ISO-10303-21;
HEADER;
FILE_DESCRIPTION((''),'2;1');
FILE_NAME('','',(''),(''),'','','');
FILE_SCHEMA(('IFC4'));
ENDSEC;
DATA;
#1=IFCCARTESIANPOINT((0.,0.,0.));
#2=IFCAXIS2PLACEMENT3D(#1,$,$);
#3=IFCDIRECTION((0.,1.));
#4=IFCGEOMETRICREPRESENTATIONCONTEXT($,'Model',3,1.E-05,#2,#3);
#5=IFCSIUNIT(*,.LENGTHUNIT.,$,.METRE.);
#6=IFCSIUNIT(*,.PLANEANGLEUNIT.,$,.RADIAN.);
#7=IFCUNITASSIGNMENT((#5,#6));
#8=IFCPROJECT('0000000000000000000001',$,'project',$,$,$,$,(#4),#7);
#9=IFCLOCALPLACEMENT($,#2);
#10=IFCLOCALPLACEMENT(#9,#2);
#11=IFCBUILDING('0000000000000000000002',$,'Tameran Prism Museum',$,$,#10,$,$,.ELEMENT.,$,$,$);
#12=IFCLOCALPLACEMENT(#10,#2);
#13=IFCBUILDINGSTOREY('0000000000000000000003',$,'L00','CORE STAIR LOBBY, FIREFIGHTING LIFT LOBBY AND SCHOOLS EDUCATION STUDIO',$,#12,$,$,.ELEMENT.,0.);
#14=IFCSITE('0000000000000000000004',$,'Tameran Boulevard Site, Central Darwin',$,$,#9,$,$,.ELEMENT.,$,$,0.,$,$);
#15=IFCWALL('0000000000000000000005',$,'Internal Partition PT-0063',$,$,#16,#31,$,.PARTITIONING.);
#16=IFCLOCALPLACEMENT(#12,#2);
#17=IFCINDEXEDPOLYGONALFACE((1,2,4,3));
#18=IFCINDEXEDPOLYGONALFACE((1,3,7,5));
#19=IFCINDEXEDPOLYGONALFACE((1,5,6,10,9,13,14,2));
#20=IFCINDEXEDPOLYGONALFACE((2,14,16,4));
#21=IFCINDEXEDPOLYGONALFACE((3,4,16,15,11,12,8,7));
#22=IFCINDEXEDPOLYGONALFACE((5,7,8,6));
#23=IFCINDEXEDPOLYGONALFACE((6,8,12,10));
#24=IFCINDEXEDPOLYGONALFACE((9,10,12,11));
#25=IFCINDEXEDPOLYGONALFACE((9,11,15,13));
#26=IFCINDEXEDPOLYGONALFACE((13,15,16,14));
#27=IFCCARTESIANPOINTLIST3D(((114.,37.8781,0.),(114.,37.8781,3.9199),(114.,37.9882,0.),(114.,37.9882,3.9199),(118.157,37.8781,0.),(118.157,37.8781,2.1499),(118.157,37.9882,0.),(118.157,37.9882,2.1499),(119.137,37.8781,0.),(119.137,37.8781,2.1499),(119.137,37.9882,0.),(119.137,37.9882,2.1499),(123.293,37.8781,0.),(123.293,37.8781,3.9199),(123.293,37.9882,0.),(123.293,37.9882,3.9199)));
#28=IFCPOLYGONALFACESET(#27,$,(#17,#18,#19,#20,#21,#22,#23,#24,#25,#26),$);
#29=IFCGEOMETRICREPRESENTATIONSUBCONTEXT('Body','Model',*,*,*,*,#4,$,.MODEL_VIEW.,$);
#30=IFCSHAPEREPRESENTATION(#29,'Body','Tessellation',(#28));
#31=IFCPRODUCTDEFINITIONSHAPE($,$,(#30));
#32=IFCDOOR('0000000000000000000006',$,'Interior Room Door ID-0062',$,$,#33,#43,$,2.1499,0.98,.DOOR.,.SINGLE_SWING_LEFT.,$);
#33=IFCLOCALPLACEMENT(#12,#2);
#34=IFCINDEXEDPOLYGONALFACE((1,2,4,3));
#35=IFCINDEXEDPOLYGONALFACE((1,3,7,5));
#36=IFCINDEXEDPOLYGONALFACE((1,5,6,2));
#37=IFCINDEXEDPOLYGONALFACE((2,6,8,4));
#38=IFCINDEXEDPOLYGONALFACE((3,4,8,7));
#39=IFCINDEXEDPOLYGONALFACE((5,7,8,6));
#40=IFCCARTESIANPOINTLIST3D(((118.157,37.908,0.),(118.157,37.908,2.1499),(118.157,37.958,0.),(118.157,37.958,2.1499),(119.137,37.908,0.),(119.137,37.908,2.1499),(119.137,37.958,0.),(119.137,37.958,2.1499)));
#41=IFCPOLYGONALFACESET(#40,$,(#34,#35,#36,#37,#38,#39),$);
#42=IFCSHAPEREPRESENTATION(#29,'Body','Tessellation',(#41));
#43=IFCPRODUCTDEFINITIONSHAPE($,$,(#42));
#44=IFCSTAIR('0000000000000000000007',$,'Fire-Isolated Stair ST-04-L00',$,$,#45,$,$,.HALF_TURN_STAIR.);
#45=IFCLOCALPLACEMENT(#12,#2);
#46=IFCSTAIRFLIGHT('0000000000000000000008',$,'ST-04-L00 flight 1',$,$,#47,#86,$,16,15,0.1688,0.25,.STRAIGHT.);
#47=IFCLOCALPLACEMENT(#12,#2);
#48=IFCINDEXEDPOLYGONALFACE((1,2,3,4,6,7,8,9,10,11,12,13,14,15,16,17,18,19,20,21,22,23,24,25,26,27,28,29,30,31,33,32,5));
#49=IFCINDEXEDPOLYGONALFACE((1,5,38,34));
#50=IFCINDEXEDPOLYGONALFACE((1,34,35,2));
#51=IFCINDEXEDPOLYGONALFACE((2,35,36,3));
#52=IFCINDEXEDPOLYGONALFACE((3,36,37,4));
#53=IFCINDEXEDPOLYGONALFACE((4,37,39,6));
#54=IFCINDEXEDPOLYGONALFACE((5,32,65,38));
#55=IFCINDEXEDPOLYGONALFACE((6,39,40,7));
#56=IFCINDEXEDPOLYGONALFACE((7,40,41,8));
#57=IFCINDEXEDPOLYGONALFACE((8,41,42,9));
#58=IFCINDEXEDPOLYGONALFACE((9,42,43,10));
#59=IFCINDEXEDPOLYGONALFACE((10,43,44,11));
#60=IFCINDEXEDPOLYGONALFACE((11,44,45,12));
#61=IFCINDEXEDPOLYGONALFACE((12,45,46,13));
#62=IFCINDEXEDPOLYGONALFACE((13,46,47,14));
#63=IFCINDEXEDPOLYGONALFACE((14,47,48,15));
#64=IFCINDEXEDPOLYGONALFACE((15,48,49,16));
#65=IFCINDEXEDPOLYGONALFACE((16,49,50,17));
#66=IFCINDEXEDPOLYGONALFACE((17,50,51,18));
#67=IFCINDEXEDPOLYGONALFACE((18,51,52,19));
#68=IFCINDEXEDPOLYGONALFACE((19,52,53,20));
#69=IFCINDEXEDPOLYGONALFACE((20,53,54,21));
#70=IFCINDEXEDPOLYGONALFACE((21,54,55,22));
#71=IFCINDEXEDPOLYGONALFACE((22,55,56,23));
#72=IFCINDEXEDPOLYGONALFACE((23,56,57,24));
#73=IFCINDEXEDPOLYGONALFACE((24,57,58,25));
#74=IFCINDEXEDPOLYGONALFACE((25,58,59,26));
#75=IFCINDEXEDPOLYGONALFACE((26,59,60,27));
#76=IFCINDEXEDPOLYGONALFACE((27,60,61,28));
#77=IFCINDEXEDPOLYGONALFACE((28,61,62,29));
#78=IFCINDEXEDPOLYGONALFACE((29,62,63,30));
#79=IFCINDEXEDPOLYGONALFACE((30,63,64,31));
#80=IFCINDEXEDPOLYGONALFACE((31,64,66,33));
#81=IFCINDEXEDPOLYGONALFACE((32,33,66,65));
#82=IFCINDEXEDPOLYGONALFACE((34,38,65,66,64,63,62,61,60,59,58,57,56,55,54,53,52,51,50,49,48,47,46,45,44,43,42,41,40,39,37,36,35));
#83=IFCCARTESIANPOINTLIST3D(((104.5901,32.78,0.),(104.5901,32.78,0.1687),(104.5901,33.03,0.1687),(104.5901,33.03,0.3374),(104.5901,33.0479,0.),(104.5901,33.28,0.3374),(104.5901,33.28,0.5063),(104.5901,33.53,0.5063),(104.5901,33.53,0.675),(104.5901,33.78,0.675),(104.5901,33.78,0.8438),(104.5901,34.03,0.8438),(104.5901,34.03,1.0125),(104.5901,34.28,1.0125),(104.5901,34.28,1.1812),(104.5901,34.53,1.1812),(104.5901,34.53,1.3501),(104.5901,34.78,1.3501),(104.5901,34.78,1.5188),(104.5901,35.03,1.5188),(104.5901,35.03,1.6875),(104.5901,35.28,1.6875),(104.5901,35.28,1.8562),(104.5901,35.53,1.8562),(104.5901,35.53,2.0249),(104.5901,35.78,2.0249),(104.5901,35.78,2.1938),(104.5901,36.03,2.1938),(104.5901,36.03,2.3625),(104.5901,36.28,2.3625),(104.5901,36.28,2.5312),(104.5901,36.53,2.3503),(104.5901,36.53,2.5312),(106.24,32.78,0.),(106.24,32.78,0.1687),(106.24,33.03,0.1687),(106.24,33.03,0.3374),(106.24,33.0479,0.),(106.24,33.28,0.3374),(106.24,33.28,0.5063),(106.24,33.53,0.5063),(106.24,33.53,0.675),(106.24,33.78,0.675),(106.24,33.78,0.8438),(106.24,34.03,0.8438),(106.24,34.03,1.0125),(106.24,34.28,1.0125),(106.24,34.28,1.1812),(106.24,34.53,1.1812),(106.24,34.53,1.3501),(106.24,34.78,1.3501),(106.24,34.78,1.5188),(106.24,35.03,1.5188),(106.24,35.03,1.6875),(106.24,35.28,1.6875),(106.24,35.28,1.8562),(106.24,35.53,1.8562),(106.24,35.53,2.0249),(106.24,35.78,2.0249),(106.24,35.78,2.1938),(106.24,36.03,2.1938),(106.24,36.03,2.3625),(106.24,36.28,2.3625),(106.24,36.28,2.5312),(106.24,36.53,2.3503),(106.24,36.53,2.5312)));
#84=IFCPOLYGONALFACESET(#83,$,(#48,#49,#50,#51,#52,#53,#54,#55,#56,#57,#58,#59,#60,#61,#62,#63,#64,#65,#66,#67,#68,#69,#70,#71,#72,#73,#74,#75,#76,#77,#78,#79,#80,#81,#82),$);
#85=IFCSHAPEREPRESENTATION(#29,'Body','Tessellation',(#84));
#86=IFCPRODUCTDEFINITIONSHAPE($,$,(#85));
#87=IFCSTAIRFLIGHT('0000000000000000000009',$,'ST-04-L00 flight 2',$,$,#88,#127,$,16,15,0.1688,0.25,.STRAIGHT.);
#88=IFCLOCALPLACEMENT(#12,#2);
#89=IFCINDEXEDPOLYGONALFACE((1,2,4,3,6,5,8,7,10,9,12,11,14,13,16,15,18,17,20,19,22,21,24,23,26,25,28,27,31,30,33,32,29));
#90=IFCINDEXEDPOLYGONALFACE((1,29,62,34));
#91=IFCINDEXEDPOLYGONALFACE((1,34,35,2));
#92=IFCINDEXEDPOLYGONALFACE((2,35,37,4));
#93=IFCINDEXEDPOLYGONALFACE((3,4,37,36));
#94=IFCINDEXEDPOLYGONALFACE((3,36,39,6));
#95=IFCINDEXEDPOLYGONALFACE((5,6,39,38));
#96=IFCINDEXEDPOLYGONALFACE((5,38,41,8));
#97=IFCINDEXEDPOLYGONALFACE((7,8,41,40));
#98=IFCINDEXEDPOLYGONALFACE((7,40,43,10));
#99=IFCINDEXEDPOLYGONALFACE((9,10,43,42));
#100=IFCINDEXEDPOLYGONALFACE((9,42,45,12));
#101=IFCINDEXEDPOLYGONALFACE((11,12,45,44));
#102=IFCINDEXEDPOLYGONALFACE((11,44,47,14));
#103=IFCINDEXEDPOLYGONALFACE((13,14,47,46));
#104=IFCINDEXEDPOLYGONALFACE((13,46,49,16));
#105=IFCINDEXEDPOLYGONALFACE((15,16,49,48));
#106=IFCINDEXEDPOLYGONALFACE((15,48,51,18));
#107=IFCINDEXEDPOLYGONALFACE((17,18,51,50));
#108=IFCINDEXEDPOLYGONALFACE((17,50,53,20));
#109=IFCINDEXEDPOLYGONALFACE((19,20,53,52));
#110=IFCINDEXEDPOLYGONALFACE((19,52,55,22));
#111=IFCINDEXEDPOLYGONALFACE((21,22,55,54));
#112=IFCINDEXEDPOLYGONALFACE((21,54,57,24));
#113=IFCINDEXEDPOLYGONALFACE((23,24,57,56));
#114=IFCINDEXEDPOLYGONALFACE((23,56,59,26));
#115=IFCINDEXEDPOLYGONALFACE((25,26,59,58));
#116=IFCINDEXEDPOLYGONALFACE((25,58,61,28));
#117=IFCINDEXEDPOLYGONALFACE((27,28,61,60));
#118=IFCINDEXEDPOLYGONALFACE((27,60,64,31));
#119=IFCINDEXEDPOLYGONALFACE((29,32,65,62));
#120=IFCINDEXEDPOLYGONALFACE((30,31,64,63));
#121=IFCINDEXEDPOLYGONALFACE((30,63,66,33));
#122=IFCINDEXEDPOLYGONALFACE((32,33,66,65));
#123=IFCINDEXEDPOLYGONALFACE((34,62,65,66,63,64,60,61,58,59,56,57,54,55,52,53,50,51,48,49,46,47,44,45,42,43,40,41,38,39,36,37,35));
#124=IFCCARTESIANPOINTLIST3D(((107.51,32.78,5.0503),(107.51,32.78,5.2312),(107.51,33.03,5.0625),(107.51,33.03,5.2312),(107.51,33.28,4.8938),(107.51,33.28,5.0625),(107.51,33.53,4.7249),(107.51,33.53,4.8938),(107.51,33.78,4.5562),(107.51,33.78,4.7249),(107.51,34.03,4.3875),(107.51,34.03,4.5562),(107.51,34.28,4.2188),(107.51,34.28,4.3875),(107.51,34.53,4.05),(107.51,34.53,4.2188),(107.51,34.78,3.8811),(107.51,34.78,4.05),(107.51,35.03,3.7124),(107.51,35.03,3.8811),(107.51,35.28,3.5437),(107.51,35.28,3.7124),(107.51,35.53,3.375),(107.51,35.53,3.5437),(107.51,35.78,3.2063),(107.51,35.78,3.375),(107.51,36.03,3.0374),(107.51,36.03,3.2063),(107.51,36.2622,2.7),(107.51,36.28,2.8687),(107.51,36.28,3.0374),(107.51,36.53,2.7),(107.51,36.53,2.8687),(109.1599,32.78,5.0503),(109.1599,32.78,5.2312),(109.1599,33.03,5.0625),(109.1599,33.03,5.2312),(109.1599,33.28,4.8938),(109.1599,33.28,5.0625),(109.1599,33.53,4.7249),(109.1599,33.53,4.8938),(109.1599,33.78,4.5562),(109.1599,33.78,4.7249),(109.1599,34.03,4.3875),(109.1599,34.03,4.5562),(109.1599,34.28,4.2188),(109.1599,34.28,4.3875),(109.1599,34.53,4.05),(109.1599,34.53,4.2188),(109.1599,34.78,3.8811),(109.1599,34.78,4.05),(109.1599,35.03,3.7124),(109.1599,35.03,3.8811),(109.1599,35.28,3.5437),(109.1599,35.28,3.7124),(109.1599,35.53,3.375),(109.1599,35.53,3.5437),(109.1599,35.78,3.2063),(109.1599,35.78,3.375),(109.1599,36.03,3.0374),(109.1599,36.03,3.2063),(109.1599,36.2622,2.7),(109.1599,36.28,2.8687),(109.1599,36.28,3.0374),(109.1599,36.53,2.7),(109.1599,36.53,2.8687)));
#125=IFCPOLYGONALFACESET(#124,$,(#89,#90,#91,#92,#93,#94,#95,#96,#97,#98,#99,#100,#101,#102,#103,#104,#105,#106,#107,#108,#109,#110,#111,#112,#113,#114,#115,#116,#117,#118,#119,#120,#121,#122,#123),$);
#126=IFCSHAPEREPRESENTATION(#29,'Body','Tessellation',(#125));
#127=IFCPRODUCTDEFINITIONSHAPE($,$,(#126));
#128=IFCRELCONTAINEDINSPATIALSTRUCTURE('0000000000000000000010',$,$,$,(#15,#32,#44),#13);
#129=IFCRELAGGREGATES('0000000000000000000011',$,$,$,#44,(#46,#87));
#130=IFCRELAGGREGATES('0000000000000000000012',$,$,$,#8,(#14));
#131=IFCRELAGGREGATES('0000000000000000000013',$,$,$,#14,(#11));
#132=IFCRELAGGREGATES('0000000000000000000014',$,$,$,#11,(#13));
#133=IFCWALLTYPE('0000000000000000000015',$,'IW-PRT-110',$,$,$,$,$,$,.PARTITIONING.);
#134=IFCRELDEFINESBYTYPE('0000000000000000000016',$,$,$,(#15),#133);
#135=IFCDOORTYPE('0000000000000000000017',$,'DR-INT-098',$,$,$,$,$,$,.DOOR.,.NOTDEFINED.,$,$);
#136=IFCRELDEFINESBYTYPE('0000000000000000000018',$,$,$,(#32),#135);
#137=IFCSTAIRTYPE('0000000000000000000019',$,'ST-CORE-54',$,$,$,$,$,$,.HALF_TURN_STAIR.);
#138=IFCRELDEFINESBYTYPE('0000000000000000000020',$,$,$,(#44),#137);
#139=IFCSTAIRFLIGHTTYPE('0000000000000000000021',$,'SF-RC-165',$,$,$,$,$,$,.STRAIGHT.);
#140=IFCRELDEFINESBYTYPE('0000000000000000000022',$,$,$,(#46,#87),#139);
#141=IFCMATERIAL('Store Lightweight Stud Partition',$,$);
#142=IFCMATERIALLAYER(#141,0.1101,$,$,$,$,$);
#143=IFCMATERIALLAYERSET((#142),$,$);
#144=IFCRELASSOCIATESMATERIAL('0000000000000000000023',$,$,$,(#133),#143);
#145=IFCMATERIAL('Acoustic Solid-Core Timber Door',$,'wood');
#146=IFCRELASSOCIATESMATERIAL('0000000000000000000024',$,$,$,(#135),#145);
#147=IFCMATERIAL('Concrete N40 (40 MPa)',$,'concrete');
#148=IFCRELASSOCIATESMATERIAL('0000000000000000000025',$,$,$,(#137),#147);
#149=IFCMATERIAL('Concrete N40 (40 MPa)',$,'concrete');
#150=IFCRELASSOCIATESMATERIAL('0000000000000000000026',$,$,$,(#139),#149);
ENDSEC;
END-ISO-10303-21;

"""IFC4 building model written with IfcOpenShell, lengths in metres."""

from ifc_helpers import new_model, si_unit, direction, frame, frame_2d, origin, place, context, subcontext, project, spatial, polyline, rectangle, outline, extrude, material, layer, layer_set, type_object, element, fill, aggregate, save


model = new_model("IFC4")

# Units and contexts
model_context = context("Model", 3, precision=1e-05, world=origin(), true_north=direction((0.0, 1.0)))
body_context = subcontext(model_context, "Body", "Model", "MODEL_VIEW")
ifc_project = project(units=[si_unit("LENGTHUNIT", "METRE"), si_unit("PLANEANGLEUNIT", "RADIAN")], contexts=[model_context])

# Site, building, storey
site_placement = place(None, origin())
site = spatial("IfcSite", under=ifc_project, at=site_placement, Name="Tameran Boulevard Site, Central Darwin", CompositionType="ELEMENT", RefElevation=0.0)
building_placement = place(site_placement, origin())
building = spatial("IfcBuilding", under=site, at=building_placement, Name="Tameran Prism Museum", CompositionType="ELEMENT")
storey_placement = place(building_placement, origin())
storey = spatial("IfcBuildingStorey", under=building, at=storey_placement, Name="L00", Description="CORE STAIR LOBBY, FIREFIGHTING LIFT LOBBY AND SCHOOLS EDUCATION STUDIO", CompositionType="ELEMENT", Elevation=0.0)

# Wall, opening, door
ifc_material_1 = material(Name="Store Lightweight Stud Partition")
ifc_layer_1 = layer(ifc_material_1, 0.1101)
ifc_layer_set_1 = layer_set([ifc_layer_1])
wall_type_1 = type_object("IfcWallType", Name="IW-PRT-110", PredefinedType="PARTITIONING", material=ifc_layer_set_1)
wall_1_placement = place(storey_placement, frame((114.0, 37.9331, 0.0), z_axis=(0.0, 0.0, 1.0), x_axis=(1.0, 0.0, 0.0)))
wall_1 = element("IfcWall", 1, at=wall_1_placement, inside=storey, type_object=wall_type_1, Name="Internal Partition PT-0063", PredefinedType="PARTITIONING", context=body_context, shape_type="SweptSolid", body=[
    extrude(rectangle(XDim=9.293, YDim=0.1101, at=frame_2d((4.6465, 0.0))), origin(), (0.0, 0.0, 1.0), 3.9199),
])
opening_1_placement = place(wall_1_placement, frame((4.157, 0.0, 0.0)))
opening_1 = element("IfcOpeningElement", 2, at=opening_1_placement, cuts=wall_1, PredefinedType="OPENING", context=body_context, shape_type="SweptSolid", body=[
    extrude(rectangle(XDim=0.98, YDim=2.1499, at=frame_2d((0.49, 1.075))), frame((0.0, 0.0649, 0.0), z_axis=(0.0, -1.0, 0.0), x_axis=(1.0, 0.0, 0.0)), (0.0, 0.0, 1.0), 0.1301),
])
ifc_material_2 = material(Name="Acoustic Solid-Core Timber Door", Category="wood")
door_type_1 = type_object("IfcDoorType", Name="DR-INT-098", OperationType="NOTDEFINED", PredefinedType="DOOR", material=ifc_material_2)
door_1_placement = place(opening_1_placement, origin())
door_1 = element("IfcDoor", 3, at=door_1_placement, inside=storey, type_object=door_type_1, Name="Interior Room Door ID-0062", OperationType="SINGLE_SWING_LEFT", OverallHeight=2.1499, OverallWidth=0.98, PredefinedType="DOOR", context=body_context, shape_type="SweptSolid", body=[
    extrude(rectangle(XDim=0.98, YDim=2.1499, at=frame_2d((0.49, 1.075))), frame((0.0, 0.0249, 0.0), z_axis=(0.0, -1.0, 0.0), x_axis=(1.0, 0.0, 0.0)), (0.0, 0.0, 1.0), 0.05),
])
fill(opening_1, door_1)

# Stair, stair flights
ifc_material_3 = material(Name="Concrete N40 (40 MPa)", Category="concrete")
stair_type = type_object("IfcStairType", Name="ST-CORE-54", PredefinedType="HALF_TURN_STAIR", material=ifc_material_3)
stair_placement = place(storey_placement, origin())
stair = element("IfcStair", 4, at=stair_placement, inside=storey, type_object=stair_type, Name="Fire-Isolated Stair ST-04-L00", PredefinedType="HALF_TURN_STAIR")
ifc_material_4 = material(Name="Concrete N40 (40 MPa)", Category="concrete")
stair_flight_type = type_object("IfcStairFlightType", Name="SF-RC-165", PredefinedType="STRAIGHT", material=ifc_material_4)
stair_flight_1_placement = place(storey_placement, frame((105.415, 32.78, 0.0), z_axis=(0.0, 0.0, 1.0), x_axis=(0.0, 1.0, 0.0)))
stair_flight_1 = element("IfcStairFlight", 5, at=stair_flight_1_placement, type_object=stair_flight_type, Name="ST-04-L00 flight 1", NumberOfRisers=16, NumberOfTreads=15, PredefinedType="STRAIGHT", RiserHeight=0.1688, TreadLength=0.25, context=body_context, shape_type="SweptSolid", body=[
    extrude(outline(polyline([(0.0, 0.0), (0.0, 0.1687), (0.25, 0.1687), (0.25, 0.3374), (0.5, 0.3374), (0.5, 0.5063), (0.75, 0.5063), (0.75, 0.675), (1.0, 0.675), (1.0, 0.8438), (1.25, 0.8438), (1.25, 1.0125), (1.5, 1.0125), (1.5, 1.1812), (1.75, 1.1812), (1.75, 1.3501), (2.0, 1.3501), (2.0, 1.5188), (2.25, 1.5188), (2.25, 1.6875), (2.5, 1.6875), (2.5, 1.8562), (2.75, 1.8562), (2.75, 2.0249), (3.0, 2.0249), (3.0, 2.1938), (3.25, 2.1938), (3.25, 2.3625), (3.5, 2.3625), (3.5, 2.5312), (3.75, 2.5312), (3.75, 2.7), (3.75, 2.3503), (0.2678, 0.0), (0.0, 0.0)])), frame((0.0, 0.825, 0.0), z_axis=(0.0, -1.0, 0.0), x_axis=(1.0, 0.0, 0.0)), (0.0, 0.0, 1.0), 1.6499),
])
stair_flight_2_placement = place(storey_placement, frame((108.335, 36.53, 2.7), z_axis=(0.0, 0.0, 1.0), x_axis=(0.0, -1.0, 0.0)))
stair_flight_2 = element("IfcStairFlight", 6, at=stair_flight_2_placement, type_object=stair_flight_type, Name="ST-04-L00 flight 2", NumberOfRisers=16, NumberOfTreads=15, PredefinedType="STRAIGHT", RiserHeight=0.1688, TreadLength=0.25, context=body_context, shape_type="SweptSolid", body=[
    extrude(outline(polyline([(0.0, 0.0), (0.0, 0.1687), (0.25, 0.1687), (0.25, 0.3374), (0.5, 0.3374), (0.5, 0.5063), (0.75, 0.5063), (0.75, 0.675), (1.0, 0.675), (1.0, 0.8438), (1.25, 0.8438), (1.25, 1.0125), (1.5, 1.0125), (1.5, 1.1812), (1.75, 1.1812), (1.75, 1.3501), (2.0, 1.3501), (2.0, 1.5188), (2.25, 1.5188), (2.25, 1.6875), (2.5, 1.6875), (2.5, 1.8562), (2.75, 1.8562), (2.75, 2.0249), (3.0, 2.0249), (3.0, 2.1938), (3.25, 2.1938), (3.25, 2.3625), (3.5, 2.3625), (3.5, 2.5312), (3.75, 2.5312), (3.75, 2.7), (3.75, 2.3503), (0.2678, 0.0), (0.0, 0.0)])), frame((0.0, 0.825, 0.0), z_axis=(0.0, -1.0, 0.0), x_axis=(1.0, 0.0, 0.0)), (0.0, 0.0, 1.0), 1.6499),
])
aggregate(stair, [stair_flight_1, stair_flight_2])

save(model, "model.ifc")
